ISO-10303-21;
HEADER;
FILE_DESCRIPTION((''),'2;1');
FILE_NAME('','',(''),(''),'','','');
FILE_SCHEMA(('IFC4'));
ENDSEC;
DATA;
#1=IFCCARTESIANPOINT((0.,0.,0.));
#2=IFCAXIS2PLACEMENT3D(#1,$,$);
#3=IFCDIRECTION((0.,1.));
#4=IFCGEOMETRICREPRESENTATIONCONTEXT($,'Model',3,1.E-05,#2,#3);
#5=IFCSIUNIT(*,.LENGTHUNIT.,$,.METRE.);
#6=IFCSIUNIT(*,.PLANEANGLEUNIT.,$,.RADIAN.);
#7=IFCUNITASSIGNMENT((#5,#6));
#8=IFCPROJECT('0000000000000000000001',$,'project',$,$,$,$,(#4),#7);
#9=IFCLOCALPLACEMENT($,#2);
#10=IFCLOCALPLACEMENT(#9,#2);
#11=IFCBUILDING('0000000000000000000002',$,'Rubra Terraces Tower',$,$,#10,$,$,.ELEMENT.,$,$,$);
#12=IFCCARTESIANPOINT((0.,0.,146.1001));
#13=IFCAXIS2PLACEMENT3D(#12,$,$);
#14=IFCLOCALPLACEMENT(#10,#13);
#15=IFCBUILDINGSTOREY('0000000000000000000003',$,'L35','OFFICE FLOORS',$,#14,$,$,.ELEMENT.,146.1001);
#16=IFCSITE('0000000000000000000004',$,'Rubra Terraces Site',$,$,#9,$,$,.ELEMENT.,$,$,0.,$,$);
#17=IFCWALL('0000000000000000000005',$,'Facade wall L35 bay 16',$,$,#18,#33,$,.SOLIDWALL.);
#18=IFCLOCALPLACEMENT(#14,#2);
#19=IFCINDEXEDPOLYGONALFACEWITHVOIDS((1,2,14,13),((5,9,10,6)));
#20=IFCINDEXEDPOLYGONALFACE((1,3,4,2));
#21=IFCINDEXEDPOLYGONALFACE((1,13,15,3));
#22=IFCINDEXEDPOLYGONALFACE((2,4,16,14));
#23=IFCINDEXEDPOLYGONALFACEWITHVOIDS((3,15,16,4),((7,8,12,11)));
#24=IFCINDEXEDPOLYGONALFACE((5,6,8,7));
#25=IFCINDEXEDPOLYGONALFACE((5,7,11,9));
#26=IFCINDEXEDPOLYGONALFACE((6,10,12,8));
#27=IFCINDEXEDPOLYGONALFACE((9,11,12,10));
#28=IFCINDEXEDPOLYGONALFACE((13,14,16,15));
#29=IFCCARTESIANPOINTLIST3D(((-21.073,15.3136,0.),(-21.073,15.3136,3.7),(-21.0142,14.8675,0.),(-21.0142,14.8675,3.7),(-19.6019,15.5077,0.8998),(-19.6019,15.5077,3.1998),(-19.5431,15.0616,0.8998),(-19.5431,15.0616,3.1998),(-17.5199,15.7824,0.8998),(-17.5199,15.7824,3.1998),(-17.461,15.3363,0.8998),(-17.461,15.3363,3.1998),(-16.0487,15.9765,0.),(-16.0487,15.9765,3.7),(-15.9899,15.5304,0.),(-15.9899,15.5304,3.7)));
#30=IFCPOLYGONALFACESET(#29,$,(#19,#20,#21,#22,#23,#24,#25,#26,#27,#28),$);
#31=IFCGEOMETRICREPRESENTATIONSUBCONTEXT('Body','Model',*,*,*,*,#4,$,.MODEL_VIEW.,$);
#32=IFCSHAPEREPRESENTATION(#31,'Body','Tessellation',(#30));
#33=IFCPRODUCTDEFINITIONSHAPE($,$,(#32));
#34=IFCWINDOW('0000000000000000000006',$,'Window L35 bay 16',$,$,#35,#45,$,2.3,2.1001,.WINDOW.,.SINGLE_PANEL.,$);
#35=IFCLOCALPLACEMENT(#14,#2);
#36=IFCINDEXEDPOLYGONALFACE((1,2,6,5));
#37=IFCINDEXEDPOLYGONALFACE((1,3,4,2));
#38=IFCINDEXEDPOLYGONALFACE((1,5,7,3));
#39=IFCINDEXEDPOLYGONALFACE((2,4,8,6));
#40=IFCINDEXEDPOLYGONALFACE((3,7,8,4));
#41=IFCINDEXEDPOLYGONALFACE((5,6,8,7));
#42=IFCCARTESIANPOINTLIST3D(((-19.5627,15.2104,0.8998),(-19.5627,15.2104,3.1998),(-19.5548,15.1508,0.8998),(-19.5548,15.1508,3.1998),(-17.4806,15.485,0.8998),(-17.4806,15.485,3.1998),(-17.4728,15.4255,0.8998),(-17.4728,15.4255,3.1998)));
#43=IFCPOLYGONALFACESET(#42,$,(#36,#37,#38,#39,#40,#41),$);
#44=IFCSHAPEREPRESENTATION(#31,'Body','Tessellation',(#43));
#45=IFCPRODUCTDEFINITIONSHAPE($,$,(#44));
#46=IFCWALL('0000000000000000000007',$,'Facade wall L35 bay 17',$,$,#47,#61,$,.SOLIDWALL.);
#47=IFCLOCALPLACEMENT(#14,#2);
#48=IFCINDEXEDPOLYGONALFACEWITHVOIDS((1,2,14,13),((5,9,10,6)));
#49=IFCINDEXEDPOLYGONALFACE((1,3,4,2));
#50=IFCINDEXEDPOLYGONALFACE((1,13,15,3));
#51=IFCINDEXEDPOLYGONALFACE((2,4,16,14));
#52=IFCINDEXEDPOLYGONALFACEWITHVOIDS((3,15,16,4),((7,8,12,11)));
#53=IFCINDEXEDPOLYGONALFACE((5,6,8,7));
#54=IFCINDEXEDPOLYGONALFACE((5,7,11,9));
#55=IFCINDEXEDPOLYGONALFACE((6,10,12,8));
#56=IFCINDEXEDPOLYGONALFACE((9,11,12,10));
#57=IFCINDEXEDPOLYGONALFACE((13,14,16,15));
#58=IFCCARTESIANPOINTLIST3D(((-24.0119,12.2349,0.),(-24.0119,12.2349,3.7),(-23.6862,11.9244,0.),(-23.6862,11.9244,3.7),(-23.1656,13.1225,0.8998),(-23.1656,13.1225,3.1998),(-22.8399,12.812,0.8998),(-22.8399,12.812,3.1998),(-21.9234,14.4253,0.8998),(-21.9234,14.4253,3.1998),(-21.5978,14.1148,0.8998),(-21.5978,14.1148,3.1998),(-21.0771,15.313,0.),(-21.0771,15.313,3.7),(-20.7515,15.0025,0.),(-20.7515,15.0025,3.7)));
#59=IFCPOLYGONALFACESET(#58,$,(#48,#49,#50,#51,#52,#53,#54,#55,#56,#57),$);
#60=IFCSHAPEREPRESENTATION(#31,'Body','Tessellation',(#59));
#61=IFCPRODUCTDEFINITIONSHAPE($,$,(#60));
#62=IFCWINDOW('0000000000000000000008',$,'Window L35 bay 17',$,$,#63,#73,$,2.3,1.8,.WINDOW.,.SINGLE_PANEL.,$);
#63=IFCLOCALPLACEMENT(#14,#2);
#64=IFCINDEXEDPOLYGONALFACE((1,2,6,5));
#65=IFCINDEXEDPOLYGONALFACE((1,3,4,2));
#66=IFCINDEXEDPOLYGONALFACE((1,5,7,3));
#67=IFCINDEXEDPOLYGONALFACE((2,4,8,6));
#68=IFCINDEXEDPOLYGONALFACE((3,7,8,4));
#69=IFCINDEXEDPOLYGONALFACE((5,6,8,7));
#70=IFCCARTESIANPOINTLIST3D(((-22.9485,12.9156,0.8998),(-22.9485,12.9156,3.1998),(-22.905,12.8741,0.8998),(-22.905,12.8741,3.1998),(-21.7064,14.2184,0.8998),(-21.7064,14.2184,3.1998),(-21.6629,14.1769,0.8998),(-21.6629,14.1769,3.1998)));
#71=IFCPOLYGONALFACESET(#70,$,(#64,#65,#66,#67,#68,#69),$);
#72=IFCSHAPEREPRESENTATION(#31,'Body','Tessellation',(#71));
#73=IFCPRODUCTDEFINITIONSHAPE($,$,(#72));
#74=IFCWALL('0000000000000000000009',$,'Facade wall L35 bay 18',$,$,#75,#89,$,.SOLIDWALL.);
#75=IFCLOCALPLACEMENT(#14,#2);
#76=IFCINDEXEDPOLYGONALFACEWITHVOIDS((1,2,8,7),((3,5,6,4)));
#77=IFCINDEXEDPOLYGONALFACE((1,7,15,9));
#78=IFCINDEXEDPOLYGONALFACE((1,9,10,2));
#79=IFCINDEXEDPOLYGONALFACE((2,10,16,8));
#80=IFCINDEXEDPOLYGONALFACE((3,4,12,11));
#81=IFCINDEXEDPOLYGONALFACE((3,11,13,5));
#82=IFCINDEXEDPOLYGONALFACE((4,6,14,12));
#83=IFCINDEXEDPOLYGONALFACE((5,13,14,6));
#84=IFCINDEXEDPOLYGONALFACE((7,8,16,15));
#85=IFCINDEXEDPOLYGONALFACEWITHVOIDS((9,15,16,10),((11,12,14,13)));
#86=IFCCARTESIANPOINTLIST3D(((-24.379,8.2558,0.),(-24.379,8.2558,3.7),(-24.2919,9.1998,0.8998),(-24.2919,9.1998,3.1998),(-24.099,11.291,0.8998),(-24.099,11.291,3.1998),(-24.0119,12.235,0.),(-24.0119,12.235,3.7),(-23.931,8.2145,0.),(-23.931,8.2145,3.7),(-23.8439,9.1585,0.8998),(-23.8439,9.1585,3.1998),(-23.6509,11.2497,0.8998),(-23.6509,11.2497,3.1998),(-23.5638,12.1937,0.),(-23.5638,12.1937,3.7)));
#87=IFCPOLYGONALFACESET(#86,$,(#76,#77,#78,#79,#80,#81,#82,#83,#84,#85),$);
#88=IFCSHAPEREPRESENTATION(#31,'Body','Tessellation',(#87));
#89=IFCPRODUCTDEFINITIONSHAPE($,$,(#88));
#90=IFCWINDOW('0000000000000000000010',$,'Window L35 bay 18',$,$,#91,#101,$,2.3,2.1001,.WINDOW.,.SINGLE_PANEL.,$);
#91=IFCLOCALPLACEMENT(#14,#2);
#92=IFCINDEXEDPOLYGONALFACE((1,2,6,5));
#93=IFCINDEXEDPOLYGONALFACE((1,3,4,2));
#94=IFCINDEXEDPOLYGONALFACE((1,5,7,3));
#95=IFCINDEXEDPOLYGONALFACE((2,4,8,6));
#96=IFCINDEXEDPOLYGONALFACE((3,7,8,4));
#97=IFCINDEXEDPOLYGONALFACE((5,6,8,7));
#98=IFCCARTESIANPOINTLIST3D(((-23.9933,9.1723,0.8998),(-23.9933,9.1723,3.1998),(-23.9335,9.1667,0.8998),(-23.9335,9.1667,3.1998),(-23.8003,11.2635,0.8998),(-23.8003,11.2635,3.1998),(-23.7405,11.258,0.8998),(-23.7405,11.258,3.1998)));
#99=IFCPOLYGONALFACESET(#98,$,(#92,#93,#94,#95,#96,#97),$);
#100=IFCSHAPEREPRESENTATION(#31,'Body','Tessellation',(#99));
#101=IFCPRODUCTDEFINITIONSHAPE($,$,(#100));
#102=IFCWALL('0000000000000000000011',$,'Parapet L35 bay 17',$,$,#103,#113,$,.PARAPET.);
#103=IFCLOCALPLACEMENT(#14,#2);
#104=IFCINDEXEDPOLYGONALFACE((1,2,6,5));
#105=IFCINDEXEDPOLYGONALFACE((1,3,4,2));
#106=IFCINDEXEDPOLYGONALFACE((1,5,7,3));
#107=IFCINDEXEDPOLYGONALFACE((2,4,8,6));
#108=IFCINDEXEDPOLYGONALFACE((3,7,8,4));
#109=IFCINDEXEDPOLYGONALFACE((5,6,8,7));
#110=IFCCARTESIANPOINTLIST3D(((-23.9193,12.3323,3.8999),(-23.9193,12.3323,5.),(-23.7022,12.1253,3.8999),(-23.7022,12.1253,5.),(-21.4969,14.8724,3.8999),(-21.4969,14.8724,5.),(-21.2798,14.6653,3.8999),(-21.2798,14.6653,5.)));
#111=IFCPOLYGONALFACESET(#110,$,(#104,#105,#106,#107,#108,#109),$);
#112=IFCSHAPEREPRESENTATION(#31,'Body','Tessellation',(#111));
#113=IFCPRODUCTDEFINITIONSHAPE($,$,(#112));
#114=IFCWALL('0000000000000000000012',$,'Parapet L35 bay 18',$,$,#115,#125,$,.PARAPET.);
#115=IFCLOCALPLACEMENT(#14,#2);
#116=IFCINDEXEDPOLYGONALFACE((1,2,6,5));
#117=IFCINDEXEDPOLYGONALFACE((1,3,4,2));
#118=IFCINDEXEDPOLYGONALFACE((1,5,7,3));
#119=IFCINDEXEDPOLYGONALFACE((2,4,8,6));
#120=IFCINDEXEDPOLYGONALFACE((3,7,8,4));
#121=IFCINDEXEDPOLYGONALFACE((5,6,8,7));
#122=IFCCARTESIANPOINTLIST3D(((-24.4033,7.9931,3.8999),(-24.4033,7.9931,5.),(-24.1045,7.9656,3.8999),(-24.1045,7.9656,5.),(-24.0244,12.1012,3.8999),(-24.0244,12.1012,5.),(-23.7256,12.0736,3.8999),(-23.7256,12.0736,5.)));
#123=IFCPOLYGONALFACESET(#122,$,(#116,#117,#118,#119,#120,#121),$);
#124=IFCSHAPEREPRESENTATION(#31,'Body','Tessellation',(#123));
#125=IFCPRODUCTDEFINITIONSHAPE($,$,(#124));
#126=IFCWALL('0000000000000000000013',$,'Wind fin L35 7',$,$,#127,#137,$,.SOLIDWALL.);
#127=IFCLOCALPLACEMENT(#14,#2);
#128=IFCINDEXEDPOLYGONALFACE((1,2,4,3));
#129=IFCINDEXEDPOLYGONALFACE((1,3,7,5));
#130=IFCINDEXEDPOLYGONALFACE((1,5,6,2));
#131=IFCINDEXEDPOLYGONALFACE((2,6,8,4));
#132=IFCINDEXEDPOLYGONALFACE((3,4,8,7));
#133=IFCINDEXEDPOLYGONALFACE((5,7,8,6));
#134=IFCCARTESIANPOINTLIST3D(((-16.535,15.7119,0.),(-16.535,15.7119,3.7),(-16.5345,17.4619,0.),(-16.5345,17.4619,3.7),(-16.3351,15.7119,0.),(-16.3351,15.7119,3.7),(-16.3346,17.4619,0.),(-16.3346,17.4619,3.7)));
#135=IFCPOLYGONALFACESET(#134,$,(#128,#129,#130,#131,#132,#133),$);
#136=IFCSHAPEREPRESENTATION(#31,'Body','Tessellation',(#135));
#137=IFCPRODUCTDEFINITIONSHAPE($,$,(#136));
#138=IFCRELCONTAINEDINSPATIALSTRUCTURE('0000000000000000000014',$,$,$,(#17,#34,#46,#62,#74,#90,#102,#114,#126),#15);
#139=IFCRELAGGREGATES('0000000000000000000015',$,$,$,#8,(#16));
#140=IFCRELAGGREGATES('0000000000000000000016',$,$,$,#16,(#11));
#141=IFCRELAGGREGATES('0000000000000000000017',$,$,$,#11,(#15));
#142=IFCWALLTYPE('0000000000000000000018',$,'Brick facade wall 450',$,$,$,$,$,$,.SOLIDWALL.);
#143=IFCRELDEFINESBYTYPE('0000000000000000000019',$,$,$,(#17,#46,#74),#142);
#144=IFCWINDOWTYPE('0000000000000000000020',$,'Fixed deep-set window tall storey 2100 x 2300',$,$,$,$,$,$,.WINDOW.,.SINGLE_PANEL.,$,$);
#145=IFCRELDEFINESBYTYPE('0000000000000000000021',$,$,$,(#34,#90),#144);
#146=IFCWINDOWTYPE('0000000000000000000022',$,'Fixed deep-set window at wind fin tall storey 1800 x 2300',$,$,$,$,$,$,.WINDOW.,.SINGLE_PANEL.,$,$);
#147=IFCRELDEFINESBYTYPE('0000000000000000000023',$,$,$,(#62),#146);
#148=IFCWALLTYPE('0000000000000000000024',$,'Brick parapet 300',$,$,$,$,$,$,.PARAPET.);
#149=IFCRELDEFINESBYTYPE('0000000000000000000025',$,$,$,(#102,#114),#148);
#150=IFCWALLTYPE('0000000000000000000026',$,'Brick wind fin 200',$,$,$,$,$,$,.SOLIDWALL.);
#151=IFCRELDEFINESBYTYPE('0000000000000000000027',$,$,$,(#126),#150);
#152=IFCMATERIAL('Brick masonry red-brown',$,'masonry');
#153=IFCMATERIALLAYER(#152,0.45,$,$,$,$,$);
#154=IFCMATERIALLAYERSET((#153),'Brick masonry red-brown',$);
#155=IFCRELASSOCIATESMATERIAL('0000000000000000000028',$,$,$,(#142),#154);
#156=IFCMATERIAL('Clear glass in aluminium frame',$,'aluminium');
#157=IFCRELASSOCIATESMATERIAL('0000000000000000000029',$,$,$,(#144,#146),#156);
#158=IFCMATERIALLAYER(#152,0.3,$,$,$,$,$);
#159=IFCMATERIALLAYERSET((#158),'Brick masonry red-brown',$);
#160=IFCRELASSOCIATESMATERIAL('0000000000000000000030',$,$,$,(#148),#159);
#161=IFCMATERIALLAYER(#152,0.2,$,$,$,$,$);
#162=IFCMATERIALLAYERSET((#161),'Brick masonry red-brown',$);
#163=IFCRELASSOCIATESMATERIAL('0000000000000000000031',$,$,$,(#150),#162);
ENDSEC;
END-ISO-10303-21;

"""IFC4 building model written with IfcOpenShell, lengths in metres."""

from ifc_helpers import new_model, si_unit, direction, frame, frame_2d, origin, place, context, subcontext, project, spatial, rectangle, extrude, material, layer, layer_set, type_object, element, fill, save


model = new_model("IFC4")

# Units and contexts
model_context = context("Model", 3, precision=1e-05, world=origin(), true_north=direction((0.0, 1.0)))
body_context = subcontext(model_context, "Body", "Model", "MODEL_VIEW")
ifc_project = project(units=[si_unit("LENGTHUNIT", "METRE"), si_unit("PLANEANGLEUNIT", "RADIAN")], contexts=[model_context])

# Site, building, storey
site_placement = place(None, origin())
site = spatial("IfcSite", under=ifc_project, at=site_placement, Name="Rubra Terraces Site", CompositionType="ELEMENT", RefElevation=0.0)
building_placement = place(site_placement, origin())
building = spatial("IfcBuilding", under=site, at=building_placement, Name="Rubra Terraces Tower", CompositionType="ELEMENT")
storey_placement = place(building_placement, frame((0.0, 0.0, 146.1001)))
storey = spatial("IfcBuildingStorey", under=building, at=storey_placement, Name="L35", Description="OFFICE FLOORS", CompositionType="ELEMENT", Elevation=146.1001)

# Walls, openings, windows
ifc_material_1 = material(Name="Brick masonry red-brown", Category="masonry")
ifc_layer_1 = layer(ifc_material_1, 0.45)
ifc_layer_set_1 = layer_set([ifc_layer_1], Name="Brick masonry red-brown")
wall_type_1 = type_object("IfcWallType", Name="Brick facade wall 450", PredefinedType="SOLIDWALL", material=ifc_layer_set_1)
ifc_material_2 = material(Name="Clear glass in aluminium frame", Category="aluminium")
window_type_1 = type_object("IfcWindowType", Name="Fixed deep-set window tall storey 2100 x 2300", PartitioningType="SINGLE_PANEL", PredefinedType="WINDOW", material=ifc_material_2)
wall_1_placement = place(storey_placement, frame((-16.0193, 15.7534, 0.0), z_axis=(0.0, 0.0, 1.0), x_axis=(-0.99141, -0.130791, 0.0)))
wall_1 = element("IfcWall", 1, at=wall_1_placement, inside=storey, type_object=wall_type_1, Name="Facade wall L35 bay 16", PredefinedType="SOLIDWALL", context=body_context, shape_type="SweptSolid", body=[
    extrude(rectangle(XDim=5.0679, YDim=0.45, at=frame_2d((2.5339, 0.0))), origin(), (0.0, 0.0, 1.0), 3.7),
])
opening_1_placement = place(wall_1_placement, frame((1.4839, 0.0, 0.8999)))
opening_1 = element("IfcOpeningElement", 2, at=opening_1_placement, cuts=wall_1, PredefinedType="OPENING", context=body_context, shape_type="SweptSolid", body=[
    extrude(rectangle(XDim=2.1001, YDim=2.3, at=frame_2d((1.05, 1.1499))), frame((0.0, 0.2349, 0.0), z_axis=(0.0, -1.0, 0.0), x_axis=(1.0, 0.0, 0.0)), (0.0, 0.0, 1.0), 0.47),
])
window_1_placement = place(opening_1_placement, origin())
window_1 = element("IfcWindow", 3, at=window_1_placement, inside=storey, type_object=window_type_1, Name="Window L35 bay 16", OverallHeight=2.3, OverallWidth=2.1001, PartitioningType="SINGLE_PANEL", PredefinedType="WINDOW", context=body_context, shape_type="SweptSolid", body=[
    extrude(rectangle(XDim=2.1001, YDim=2.3, at=frame_2d((1.05, 1.1499))), frame((0.0, 0.135, 0.0), z_axis=(0.0, -1.0, 0.0), x_axis=(1.0, 0.0, 0.0)), (0.0, 0.0, 1.0), 0.0601),
])
fill(opening_1, window_1)
wall_2_placement = place(storey_placement, frame((-20.9143, 15.1577, 0.0), z_axis=(0.0, 0.0, 1.0), x_axis=(-0.690058, -0.723754, 0.0)))
wall_2 = element("IfcWall", 4, at=wall_2_placement, inside=storey, type_object=wall_type_1, Name="Facade wall L35 bay 17", PredefinedType="SOLIDWALL", context=body_context, shape_type="SweptSolid", body=[
    extrude(rectangle(XDim=4.2529, YDim=0.45, at=frame_2d((2.1265, 0.0))), origin(), (0.0, 0.0, 1.0), 3.7),
])
opening_2_placement = place(wall_2_placement, frame((1.2266, 0.0, 0.8999)))
opening_2 = element("IfcOpeningElement", 5, at=opening_2_placement, cuts=wall_2, PredefinedType="OPENING", context=body_context, shape_type="SweptSolid", body=[
    extrude(rectangle(XDim=1.8, YDim=2.3, at=frame_2d((0.8999, 1.1499))), frame((0.0, 0.2349, 0.0), z_axis=(0.0, -1.0, 0.0), x_axis=(1.0, 0.0, 0.0)), (0.0, 0.0, 1.0), 0.47),
])
window_type_2 = type_object("IfcWindowType", Name="Fixed deep-set window at wind fin tall storey 1800 x 2300", PartitioningType="SINGLE_PANEL", PredefinedType="WINDOW", material=ifc_material_2)
window_2_placement = place(opening_2_placement, origin())
window_2 = element("IfcWindow", 6, at=window_2_placement, inside=storey, type_object=window_type_2, Name="Window L35 bay 17", OverallHeight=2.3, OverallWidth=1.8, PartitioningType="SINGLE_PANEL", PredefinedType="WINDOW", context=body_context, shape_type="SweptSolid", body=[
    extrude(rectangle(XDim=1.8, YDim=2.3, at=frame_2d((0.8999, 1.1499))), frame((0.0, 0.135, 0.0), z_axis=(0.0, -1.0, 0.0), x_axis=(1.0, 0.0, 0.0)), (0.0, 0.0, 1.0), 0.0601),
])
fill(opening_2, window_2)
wall_3_placement = place(storey_placement, frame((-23.7878, 12.2144, 0.0), z_axis=(0.0, 0.0, 1.0), x_axis=(-0.091885, -0.99577, 0.0)))
wall_3 = element("IfcWall", 7, at=wall_3_placement, inside=storey, type_object=wall_type_1, Name="Facade wall L35 bay 18", PredefinedType="SOLIDWALL", context=body_context, shape_type="SweptSolid", body=[
    extrude(rectangle(XDim=3.9961, YDim=0.45, at=frame_2d((1.998, 0.0))), origin(), (0.0, 0.0, 1.0), 3.7),
])
opening_3_placement = place(wall_3_placement, frame((0.948, 0.0, 0.8999)))
opening_3 = element("IfcOpeningElement", 8, at=opening_3_placement, cuts=wall_3, PredefinedType="OPENING", context=body_context, shape_type="SweptSolid", body=[
    extrude(rectangle(XDim=2.1001, YDim=2.3, at=frame_2d((1.05, 1.1499))), frame((0.0, 0.2349, 0.0), z_axis=(0.0, -1.0, 0.0), x_axis=(1.0, 0.0, 0.0)), (0.0, 0.0, 1.0), 0.47),
])
window_3_placement = place(opening_3_placement, origin())
window_3 = element("IfcWindow", 9, at=window_3_placement, inside=storey, type_object=window_type_1, Name="Window L35 bay 18", OverallHeight=2.3, OverallWidth=2.1001, PartitioningType="SINGLE_PANEL", PredefinedType="WINDOW", context=body_context, shape_type="SweptSolid", body=[
    extrude(rectangle(XDim=2.1001, YDim=2.3, at=frame_2d((1.05, 1.1499))), frame((0.0, 0.135, 0.0), z_axis=(0.0, -1.0, 0.0), x_axis=(1.0, 0.0, 0.0)), (0.0, 0.0, 1.0), 0.0601),
])
fill(opening_3, window_3)

# Walls
ifc_layer_2 = layer(ifc_material_1, 0.3)
ifc_layer_set_2 = layer_set([ifc_layer_2], Name="Brick masonry red-brown")
wall_type_2 = type_object("IfcWallType", Name="Brick parapet 300", PredefinedType="PARAPET", material=ifc_layer_set_2)
wall_4_placement = place(storey_placement, frame((-21.3884, 14.7688, 3.8999), z_axis=(0.0, 0.0, 1.0), x_axis=(-0.690145, -0.723671, 0.0)))
element("IfcWall", 10, at=wall_4_placement, inside=storey, type_object=wall_type_2, Name="Parapet L35 bay 17", PredefinedType="PARAPET", context=body_context, shape_type="SweptSolid", body=[
    extrude(rectangle(XDim=3.51, YDim=0.3, at=frame_2d((1.7549, 0.0))), origin(), (0.0, 0.0, 1.0), 1.1001),
])
wall_5_placement = place(storey_placement, frame((-23.875, 12.0874, 3.8999), z_axis=(0.0, 0.0, 1.0), x_axis=(-0.091843, -0.995774, 0.0)))
element("IfcWall", 11, at=wall_5_placement, inside=storey, type_object=wall_type_2, Name="Parapet L35 bay 18", PredefinedType="PARAPET", context=body_context, shape_type="SweptSolid", body=[
    extrude(rectangle(XDim=4.1255, YDim=0.3, at=frame_2d((2.0627, 0.0))), origin(), (0.0, 0.0, 1.0), 1.1001),
])
ifc_layer_3 = layer(ifc_material_1, 0.2)
ifc_layer_set_3 = layer_set([ifc_layer_3], Name="Brick masonry red-brown")
wall_type_3 = type_object("IfcWallType", Name="Brick wind fin 200", PredefinedType="SOLIDWALL", material=ifc_layer_set_3)
wall_6_placement = place(storey_placement, frame((-16.4351, 15.7119, 0.0), z_axis=(0.0, 0.0, 1.0), x_axis=(0.000279, 1.0, 0.0)))
element("IfcWall", 12, at=wall_6_placement, inside=storey, type_object=wall_type_3, Name="Wind fin L35 7", PredefinedType="SOLIDWALL", context=body_context, shape_type="SweptSolid", body=[
    extrude(rectangle(XDim=1.75, YDim=0.2, at=frame_2d((0.875, 0.0))), origin(), (0.0, 0.0, 1.0), 3.7),
])

save(model, "model.ifc")
